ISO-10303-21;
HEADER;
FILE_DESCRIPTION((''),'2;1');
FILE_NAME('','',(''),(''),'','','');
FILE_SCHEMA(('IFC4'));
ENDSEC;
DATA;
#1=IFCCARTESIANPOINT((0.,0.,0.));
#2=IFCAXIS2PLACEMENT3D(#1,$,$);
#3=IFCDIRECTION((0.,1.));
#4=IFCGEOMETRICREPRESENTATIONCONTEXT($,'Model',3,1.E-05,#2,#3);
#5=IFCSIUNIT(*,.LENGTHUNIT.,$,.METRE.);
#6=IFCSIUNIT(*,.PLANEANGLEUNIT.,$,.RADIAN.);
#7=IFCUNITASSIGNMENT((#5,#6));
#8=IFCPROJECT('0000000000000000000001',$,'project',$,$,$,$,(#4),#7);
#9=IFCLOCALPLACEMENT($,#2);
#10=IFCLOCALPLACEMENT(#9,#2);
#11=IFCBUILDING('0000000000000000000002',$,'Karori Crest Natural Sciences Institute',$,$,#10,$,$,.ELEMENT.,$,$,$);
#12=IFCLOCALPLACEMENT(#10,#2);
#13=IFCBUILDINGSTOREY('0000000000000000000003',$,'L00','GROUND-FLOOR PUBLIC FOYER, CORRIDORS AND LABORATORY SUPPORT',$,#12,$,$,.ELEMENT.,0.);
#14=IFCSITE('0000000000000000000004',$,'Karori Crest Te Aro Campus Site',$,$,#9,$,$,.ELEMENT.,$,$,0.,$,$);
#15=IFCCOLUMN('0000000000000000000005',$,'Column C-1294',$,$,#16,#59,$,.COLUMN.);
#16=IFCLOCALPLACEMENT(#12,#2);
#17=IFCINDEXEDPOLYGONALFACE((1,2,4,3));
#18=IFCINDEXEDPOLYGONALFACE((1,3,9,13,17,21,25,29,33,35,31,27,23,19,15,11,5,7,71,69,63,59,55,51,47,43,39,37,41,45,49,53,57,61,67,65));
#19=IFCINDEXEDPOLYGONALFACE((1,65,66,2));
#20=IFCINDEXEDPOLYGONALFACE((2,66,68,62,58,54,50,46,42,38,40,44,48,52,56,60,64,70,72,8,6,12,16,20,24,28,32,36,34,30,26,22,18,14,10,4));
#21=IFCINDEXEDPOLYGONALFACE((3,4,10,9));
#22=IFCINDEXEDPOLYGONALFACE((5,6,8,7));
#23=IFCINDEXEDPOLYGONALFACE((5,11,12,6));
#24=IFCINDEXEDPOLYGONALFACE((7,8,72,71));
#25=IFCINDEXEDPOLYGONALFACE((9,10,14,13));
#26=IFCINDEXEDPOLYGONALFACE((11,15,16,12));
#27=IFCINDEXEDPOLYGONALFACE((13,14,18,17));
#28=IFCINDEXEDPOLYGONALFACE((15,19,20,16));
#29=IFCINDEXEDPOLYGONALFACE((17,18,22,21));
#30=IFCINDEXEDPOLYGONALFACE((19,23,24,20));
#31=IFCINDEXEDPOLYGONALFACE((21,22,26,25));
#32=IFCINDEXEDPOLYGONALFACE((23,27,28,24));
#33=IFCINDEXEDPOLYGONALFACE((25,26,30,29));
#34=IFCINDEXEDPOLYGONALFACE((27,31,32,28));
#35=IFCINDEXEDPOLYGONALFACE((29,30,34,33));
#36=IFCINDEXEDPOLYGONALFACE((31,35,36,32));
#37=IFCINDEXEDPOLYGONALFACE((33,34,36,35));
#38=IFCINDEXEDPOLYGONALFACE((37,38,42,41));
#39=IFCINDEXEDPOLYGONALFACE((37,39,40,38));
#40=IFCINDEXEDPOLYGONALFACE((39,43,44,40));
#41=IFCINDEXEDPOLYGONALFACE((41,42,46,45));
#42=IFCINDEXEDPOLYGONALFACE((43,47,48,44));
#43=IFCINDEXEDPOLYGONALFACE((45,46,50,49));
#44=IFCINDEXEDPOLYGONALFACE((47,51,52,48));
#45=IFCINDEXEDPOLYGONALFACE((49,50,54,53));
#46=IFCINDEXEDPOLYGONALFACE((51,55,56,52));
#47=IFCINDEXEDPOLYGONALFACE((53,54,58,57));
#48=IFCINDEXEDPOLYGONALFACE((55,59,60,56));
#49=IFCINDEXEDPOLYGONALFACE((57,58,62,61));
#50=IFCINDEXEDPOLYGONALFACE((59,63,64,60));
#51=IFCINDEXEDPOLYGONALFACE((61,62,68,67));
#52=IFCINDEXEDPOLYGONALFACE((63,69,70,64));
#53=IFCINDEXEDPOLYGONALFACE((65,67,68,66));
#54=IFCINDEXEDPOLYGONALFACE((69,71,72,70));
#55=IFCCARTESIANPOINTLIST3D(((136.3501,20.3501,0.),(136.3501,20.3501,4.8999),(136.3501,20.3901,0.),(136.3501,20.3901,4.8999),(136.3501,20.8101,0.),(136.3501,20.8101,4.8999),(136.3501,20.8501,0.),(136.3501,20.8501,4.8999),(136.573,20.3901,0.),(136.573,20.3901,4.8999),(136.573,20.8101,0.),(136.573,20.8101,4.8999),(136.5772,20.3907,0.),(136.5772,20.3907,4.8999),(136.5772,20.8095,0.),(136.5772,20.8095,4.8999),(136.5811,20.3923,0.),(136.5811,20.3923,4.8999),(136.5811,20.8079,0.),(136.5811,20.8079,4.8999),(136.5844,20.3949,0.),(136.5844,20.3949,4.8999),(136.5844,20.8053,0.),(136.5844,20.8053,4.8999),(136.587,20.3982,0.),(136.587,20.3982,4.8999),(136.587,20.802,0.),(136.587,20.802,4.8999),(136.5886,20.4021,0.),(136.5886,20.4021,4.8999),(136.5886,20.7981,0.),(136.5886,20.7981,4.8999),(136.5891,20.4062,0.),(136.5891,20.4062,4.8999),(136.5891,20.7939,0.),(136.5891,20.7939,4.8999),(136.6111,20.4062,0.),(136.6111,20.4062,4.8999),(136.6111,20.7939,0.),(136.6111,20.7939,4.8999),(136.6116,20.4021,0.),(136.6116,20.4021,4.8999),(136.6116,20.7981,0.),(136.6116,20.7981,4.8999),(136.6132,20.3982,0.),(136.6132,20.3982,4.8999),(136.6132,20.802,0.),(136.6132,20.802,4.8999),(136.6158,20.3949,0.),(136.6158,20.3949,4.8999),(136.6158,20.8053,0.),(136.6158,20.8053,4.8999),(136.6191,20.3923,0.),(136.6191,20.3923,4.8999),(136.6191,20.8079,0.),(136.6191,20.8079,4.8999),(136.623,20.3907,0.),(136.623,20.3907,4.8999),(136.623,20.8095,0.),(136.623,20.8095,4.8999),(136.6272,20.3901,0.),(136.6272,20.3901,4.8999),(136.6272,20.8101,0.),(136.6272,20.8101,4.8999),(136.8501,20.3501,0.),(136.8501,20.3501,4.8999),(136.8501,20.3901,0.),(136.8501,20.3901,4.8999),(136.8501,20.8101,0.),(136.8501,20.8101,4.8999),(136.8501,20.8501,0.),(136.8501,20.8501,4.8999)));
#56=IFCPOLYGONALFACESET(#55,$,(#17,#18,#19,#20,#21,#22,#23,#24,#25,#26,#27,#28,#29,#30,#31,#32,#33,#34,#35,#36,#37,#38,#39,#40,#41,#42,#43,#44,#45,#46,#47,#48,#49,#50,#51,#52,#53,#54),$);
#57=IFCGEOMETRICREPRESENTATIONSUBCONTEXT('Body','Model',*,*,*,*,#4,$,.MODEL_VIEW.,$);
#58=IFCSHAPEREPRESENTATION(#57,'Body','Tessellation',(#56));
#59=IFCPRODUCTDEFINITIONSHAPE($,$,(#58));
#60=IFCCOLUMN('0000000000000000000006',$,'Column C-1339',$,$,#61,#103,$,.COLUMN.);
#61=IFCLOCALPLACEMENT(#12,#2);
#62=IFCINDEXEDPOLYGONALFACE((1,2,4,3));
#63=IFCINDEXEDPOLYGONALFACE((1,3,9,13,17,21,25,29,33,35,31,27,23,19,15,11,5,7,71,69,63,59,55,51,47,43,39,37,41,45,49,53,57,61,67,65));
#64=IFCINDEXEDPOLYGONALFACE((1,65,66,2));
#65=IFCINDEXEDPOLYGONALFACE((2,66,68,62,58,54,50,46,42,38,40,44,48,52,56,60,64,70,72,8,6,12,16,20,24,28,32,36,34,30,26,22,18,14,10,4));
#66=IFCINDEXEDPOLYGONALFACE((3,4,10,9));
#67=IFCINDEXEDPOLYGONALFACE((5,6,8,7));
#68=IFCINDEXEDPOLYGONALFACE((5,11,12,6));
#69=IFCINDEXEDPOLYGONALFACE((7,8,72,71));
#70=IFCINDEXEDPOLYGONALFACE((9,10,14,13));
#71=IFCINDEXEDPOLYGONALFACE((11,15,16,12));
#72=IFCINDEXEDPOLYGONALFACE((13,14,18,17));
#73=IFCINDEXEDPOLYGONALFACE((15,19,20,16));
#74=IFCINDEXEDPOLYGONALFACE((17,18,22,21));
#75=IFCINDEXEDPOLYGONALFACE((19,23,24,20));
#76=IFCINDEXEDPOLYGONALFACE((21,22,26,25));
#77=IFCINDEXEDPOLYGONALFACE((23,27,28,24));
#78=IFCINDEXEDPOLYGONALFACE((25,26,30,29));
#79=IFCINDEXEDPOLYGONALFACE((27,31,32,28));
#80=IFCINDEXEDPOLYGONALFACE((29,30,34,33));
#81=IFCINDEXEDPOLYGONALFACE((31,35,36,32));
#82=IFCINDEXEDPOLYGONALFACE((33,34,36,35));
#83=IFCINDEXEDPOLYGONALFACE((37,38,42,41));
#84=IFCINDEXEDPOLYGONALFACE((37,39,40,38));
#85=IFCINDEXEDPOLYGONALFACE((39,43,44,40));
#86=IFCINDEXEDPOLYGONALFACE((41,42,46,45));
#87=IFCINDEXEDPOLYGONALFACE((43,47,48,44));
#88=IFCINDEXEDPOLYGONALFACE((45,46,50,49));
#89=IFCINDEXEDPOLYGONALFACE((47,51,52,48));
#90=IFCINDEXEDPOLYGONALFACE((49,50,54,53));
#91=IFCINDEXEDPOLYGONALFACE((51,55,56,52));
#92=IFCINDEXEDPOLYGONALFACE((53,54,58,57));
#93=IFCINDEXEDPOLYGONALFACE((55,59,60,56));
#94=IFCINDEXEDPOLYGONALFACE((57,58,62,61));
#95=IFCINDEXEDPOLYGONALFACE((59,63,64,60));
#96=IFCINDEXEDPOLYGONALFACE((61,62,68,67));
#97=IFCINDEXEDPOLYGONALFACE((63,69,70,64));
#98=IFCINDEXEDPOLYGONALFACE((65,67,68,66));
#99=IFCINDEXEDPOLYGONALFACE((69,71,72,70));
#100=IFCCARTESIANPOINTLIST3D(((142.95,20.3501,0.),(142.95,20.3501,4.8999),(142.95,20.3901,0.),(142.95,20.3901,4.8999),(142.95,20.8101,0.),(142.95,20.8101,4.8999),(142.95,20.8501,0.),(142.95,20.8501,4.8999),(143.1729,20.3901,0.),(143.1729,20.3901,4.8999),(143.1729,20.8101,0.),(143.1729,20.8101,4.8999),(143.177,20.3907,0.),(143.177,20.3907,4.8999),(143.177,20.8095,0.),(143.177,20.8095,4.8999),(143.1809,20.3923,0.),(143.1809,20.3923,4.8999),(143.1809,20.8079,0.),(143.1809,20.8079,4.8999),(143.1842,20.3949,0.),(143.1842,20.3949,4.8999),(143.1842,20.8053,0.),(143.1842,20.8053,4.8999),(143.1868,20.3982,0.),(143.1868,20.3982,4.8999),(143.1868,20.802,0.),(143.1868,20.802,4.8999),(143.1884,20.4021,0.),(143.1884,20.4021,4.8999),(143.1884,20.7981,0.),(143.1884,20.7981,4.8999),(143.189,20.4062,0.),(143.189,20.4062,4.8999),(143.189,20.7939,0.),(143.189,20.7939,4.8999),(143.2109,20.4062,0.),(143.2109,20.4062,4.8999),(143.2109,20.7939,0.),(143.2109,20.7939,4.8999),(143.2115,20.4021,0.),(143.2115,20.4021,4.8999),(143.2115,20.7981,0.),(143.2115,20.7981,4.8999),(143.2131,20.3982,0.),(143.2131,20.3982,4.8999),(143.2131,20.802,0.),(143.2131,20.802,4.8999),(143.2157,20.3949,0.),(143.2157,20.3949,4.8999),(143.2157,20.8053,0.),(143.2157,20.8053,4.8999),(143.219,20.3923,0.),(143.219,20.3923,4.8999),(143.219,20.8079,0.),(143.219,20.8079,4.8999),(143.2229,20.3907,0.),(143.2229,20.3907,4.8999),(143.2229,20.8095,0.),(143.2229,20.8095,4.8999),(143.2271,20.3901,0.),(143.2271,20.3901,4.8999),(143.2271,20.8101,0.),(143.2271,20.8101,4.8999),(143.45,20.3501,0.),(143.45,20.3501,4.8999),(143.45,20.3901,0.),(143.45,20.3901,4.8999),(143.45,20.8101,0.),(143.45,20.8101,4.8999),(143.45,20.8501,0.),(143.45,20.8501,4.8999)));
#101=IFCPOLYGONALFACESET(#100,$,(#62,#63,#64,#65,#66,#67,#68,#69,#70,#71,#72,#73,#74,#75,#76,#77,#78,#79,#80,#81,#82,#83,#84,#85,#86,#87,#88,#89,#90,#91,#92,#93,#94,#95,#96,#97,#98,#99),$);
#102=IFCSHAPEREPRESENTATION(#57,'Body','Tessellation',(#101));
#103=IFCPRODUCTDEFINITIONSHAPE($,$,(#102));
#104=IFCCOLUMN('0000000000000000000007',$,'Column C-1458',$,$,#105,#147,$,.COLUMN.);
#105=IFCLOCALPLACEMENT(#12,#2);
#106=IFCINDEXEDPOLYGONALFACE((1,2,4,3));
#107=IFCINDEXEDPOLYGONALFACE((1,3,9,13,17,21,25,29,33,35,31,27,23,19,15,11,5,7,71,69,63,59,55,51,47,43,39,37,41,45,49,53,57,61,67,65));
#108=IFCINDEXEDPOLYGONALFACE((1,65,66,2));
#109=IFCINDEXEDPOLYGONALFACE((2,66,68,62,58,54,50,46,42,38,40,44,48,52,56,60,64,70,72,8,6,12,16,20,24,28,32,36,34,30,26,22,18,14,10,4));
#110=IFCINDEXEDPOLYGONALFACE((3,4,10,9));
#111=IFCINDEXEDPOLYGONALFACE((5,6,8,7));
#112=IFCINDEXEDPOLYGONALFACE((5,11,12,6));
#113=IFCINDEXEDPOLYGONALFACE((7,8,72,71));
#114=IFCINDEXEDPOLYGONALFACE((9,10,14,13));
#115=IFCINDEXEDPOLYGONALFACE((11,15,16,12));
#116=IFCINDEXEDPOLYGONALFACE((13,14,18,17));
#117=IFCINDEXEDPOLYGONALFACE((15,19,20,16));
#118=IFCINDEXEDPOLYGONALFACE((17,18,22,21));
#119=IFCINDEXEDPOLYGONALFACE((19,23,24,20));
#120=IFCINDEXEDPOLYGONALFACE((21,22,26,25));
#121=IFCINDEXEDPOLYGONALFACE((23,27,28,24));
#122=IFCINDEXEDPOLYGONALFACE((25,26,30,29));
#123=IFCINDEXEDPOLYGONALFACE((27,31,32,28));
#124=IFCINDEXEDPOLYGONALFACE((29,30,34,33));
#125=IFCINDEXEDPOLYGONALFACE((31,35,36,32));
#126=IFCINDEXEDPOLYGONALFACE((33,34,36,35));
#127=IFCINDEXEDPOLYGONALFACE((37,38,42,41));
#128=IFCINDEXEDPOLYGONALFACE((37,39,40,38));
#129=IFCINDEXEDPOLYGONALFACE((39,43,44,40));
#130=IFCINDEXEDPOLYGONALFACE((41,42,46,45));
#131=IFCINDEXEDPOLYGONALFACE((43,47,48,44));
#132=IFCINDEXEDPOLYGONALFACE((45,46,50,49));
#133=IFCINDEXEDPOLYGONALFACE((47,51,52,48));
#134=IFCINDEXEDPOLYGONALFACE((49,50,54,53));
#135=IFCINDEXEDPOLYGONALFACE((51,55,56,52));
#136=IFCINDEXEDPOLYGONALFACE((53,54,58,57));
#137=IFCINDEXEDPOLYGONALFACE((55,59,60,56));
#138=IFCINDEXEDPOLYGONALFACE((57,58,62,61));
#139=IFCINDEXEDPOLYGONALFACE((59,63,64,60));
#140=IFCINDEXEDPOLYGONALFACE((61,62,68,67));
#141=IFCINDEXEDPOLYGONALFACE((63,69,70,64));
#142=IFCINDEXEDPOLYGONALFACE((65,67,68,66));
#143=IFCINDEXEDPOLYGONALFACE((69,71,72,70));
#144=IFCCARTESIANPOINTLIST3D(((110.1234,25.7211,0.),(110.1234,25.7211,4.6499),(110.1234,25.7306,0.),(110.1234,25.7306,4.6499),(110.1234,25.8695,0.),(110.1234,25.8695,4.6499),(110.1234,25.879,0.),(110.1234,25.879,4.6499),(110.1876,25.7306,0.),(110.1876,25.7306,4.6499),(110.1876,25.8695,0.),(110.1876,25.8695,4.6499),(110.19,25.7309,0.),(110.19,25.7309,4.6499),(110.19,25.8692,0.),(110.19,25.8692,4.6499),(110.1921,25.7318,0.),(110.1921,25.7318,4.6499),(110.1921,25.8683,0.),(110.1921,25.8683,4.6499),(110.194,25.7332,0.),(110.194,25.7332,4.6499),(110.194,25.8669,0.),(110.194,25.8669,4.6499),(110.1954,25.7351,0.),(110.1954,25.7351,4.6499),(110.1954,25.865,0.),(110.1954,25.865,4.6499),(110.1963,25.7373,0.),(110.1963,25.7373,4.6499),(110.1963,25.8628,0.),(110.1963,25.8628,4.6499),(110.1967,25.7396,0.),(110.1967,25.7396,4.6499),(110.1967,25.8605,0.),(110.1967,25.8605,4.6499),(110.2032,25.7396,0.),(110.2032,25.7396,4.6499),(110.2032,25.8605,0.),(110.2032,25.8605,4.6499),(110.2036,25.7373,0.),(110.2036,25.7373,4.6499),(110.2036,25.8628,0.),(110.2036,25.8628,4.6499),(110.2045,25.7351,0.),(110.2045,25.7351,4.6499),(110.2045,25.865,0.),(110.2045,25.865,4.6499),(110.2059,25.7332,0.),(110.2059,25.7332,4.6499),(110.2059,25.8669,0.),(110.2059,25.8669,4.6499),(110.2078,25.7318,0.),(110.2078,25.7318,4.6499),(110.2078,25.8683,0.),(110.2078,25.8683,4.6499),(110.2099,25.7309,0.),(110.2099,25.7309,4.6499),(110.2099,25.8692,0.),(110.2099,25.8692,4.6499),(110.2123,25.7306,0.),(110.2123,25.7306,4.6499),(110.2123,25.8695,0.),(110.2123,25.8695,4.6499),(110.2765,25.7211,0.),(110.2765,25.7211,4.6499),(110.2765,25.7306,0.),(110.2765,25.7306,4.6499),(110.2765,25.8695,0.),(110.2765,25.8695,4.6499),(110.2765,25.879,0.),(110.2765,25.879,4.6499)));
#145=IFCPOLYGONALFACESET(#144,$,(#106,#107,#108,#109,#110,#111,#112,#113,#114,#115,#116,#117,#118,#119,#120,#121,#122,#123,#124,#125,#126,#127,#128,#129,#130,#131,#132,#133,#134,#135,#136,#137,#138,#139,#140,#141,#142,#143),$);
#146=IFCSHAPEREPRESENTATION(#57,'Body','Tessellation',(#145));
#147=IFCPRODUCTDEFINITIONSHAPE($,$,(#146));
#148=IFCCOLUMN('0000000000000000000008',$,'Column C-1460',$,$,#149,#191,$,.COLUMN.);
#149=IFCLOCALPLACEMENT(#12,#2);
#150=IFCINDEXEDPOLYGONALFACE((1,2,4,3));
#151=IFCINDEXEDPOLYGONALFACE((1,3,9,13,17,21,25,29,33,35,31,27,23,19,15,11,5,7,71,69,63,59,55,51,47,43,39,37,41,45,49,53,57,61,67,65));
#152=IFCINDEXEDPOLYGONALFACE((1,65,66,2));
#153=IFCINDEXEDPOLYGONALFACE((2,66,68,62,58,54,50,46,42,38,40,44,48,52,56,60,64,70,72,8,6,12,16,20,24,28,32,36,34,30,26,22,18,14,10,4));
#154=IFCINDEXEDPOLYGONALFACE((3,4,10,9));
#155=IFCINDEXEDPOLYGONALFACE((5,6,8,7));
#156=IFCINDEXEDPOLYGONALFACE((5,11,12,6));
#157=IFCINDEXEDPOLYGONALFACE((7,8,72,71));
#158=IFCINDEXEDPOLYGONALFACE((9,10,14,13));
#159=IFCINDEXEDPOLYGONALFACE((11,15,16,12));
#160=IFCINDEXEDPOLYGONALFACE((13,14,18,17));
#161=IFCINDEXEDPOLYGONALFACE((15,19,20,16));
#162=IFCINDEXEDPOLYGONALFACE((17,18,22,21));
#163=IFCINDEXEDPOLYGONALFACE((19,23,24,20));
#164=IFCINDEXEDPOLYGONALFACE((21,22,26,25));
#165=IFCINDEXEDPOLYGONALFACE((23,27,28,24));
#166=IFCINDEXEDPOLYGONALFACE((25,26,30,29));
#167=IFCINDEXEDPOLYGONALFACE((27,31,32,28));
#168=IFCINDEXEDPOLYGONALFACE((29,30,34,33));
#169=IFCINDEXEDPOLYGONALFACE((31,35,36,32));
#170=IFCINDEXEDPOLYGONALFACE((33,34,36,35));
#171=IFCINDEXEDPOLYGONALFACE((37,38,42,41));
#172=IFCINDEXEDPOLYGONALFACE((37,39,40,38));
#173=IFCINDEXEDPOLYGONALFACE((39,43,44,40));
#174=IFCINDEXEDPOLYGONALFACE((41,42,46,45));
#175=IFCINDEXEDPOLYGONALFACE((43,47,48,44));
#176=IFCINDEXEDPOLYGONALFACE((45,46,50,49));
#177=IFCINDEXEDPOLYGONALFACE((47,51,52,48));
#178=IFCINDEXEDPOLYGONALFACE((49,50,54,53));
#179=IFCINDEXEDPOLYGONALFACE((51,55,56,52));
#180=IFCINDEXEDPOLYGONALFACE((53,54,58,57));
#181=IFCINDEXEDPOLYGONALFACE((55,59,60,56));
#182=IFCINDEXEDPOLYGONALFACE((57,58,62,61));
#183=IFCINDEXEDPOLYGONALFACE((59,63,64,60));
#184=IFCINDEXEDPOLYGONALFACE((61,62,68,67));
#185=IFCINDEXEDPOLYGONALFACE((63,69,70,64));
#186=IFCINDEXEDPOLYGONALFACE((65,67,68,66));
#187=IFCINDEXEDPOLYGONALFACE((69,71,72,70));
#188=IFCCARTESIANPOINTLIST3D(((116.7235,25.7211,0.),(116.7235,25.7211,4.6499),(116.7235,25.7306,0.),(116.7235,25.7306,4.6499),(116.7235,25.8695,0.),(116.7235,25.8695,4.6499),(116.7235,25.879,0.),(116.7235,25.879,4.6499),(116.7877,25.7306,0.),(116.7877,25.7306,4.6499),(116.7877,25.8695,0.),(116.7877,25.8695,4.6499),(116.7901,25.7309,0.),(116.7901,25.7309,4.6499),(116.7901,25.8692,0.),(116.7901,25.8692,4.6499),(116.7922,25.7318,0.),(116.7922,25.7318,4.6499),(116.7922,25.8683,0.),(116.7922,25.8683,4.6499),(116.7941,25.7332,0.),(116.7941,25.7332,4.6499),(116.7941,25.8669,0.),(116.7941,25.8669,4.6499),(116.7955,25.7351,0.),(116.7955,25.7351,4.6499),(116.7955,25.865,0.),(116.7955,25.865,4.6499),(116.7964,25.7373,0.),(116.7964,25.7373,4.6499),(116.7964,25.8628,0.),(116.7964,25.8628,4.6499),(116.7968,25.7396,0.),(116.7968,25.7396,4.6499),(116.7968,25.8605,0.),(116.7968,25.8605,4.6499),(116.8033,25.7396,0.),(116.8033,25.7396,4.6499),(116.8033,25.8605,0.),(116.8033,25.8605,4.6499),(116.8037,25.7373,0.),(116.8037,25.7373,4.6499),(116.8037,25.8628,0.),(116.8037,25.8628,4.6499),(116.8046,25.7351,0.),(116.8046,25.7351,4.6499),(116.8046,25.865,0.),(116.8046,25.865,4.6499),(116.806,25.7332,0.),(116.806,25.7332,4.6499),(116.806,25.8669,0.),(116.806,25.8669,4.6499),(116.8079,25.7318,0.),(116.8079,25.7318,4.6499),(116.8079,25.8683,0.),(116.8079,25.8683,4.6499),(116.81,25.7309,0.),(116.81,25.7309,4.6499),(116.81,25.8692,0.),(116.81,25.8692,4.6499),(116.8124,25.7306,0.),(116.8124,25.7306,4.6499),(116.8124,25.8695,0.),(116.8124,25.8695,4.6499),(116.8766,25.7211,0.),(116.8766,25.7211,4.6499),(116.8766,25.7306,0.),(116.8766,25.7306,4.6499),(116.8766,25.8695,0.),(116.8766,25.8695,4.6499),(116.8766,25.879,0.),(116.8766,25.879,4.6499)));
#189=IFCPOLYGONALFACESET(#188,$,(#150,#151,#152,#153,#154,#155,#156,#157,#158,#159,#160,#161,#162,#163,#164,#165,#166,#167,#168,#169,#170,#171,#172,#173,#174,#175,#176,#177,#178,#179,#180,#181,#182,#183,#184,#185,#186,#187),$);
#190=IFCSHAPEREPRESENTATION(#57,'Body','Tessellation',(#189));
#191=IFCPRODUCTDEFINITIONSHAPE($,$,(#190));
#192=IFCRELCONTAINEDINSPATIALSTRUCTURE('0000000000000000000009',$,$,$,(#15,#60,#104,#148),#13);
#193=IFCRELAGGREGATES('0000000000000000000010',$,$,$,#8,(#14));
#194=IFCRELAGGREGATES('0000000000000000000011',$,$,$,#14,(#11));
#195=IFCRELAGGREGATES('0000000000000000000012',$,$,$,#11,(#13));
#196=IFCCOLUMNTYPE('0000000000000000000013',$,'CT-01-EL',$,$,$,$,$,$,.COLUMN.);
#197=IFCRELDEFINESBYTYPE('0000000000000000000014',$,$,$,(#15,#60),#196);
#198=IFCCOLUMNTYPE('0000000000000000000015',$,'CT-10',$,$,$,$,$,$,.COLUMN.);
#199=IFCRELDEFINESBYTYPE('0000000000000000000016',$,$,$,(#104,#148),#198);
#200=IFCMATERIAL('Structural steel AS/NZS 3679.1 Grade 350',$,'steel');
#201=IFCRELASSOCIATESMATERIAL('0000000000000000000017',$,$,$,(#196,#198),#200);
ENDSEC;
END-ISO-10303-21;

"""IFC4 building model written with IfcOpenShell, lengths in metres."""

from ifc_helpers import new_model, si_unit, direction, frame, origin, origin_2d, place, context, subcontext, project, spatial, i_section, extrude, material, material_profile, profile_set, type_object, element, save


model = new_model("IFC4")

# Units and contexts
model_context = context("Model", 3, precision=1e-05, world=origin(), true_north=direction((0.0, 1.0)))
body_context = subcontext(model_context, "Body", "Model", "MODEL_VIEW")
ifc_project = project(units=[si_unit("LENGTHUNIT", "METRE"), si_unit("PLANEANGLEUNIT", "RADIAN")], contexts=[model_context])

# Site, building, storey
site_placement = place(None, origin())
site = spatial("IfcSite", under=ifc_project, at=site_placement, Name="Karori Crest Te Aro Campus Site", CompositionType="ELEMENT", RefElevation=0.0)
building_placement = place(site_placement, origin())
building = spatial("IfcBuilding", under=site, at=building_placement, Name="Karori Crest Natural Sciences Institute", CompositionType="ELEMENT")
storey_placement = place(building_placement, origin())
storey = spatial("IfcBuildingStorey", under=building, at=storey_placement, Name="L00", Description="GROUND-FLOOR PUBLIC FOYER, CORRIDORS AND LABORATORY SUPPORT", CompositionType="ELEMENT", Elevation=0.0)

# Columns
ifc_material_1 = material(Name="Structural steel AS/NZS 3679.1 Grade 350", Category="steel")
ifc_material_profile_1 = material_profile(ifc_material_1, i_section(OverallWidth=0.5, OverallDepth=0.5, WebThickness=0.022, FlangeThickness=0.04, FilletRadius=0.0161, at=origin_2d()), Name="500WC440")
ifc_profile_set_1 = profile_set([ifc_material_profile_1], Name="Structural steel AS/NZS 3679.1 Grade 350")
column_type_1 = type_object("IfcColumnType", Name="CT-01-EL", PredefinedType="COLUMN", material=ifc_profile_set_1)
for number, where, z_axis, x_axis, name in (
    (1, (136.6001, 20.6001, 0.0), (0.0, 0.0, 1.0), (1.0, 0.0, 0.0), "Column C-1294"),
    (2, (143.2, 20.6001, 0.0), (0.0, 0.0, 1.0), (1.0, 0.0, 0.0), "Column C-1339"),
):
    element("IfcColumn", number, at=place(storey_placement, frame(where, z_axis=z_axis, x_axis=x_axis)), inside=storey, type_object=column_type_1, Name=name, PredefinedType="COLUMN", context=body_context, shape_type="SweptSolid", body=[
        extrude(i_section(OverallWidth=0.5, OverallDepth=0.5, WebThickness=0.022, FlangeThickness=0.04, FilletRadius=0.0161, at=origin_2d()), origin(), (0.0, 0.0, 1.0), 4.8999),
    ])
ifc_material_profile_2 = material_profile(ifc_material_1, i_section(OverallWidth=0.1531, OverallDepth=0.158, WebThickness=0.0066, FlangeThickness=0.0095, FilletRadius=0.009, at=origin_2d()), Name="150UC30.0")
ifc_profile_set_2 = profile_set([ifc_material_profile_2], Name="Structural steel AS/NZS 3679.1 Grade 350")
column_type_2 = type_object("IfcColumnType", Name="CT-10", PredefinedType="COLUMN", material=ifc_profile_set_2)
for number, where, z_axis, x_axis, name in (
    (3, (110.2, 25.8, 0.0), (0.0, 0.0, 1.0), (1.0, 0.0, 0.0), "Column C-1458"),
    (4, (116.8, 25.8, 0.0), (0.0, 0.0, 1.0), (1.0, 0.0, 0.0), "Column C-1460"),
):
    element("IfcColumn", number, at=place(storey_placement, frame(where, z_axis=z_axis, x_axis=x_axis)), inside=storey, type_object=column_type_2, Name=name, PredefinedType="COLUMN", context=body_context, shape_type="SweptSolid", body=[
        extrude(i_section(OverallWidth=0.1531, OverallDepth=0.158, WebThickness=0.0066, FlangeThickness=0.0095, FilletRadius=0.009, at=origin_2d()), origin(), (0.0, 0.0, 1.0), 4.6499),
    ])

save(model, "model.ifc")
